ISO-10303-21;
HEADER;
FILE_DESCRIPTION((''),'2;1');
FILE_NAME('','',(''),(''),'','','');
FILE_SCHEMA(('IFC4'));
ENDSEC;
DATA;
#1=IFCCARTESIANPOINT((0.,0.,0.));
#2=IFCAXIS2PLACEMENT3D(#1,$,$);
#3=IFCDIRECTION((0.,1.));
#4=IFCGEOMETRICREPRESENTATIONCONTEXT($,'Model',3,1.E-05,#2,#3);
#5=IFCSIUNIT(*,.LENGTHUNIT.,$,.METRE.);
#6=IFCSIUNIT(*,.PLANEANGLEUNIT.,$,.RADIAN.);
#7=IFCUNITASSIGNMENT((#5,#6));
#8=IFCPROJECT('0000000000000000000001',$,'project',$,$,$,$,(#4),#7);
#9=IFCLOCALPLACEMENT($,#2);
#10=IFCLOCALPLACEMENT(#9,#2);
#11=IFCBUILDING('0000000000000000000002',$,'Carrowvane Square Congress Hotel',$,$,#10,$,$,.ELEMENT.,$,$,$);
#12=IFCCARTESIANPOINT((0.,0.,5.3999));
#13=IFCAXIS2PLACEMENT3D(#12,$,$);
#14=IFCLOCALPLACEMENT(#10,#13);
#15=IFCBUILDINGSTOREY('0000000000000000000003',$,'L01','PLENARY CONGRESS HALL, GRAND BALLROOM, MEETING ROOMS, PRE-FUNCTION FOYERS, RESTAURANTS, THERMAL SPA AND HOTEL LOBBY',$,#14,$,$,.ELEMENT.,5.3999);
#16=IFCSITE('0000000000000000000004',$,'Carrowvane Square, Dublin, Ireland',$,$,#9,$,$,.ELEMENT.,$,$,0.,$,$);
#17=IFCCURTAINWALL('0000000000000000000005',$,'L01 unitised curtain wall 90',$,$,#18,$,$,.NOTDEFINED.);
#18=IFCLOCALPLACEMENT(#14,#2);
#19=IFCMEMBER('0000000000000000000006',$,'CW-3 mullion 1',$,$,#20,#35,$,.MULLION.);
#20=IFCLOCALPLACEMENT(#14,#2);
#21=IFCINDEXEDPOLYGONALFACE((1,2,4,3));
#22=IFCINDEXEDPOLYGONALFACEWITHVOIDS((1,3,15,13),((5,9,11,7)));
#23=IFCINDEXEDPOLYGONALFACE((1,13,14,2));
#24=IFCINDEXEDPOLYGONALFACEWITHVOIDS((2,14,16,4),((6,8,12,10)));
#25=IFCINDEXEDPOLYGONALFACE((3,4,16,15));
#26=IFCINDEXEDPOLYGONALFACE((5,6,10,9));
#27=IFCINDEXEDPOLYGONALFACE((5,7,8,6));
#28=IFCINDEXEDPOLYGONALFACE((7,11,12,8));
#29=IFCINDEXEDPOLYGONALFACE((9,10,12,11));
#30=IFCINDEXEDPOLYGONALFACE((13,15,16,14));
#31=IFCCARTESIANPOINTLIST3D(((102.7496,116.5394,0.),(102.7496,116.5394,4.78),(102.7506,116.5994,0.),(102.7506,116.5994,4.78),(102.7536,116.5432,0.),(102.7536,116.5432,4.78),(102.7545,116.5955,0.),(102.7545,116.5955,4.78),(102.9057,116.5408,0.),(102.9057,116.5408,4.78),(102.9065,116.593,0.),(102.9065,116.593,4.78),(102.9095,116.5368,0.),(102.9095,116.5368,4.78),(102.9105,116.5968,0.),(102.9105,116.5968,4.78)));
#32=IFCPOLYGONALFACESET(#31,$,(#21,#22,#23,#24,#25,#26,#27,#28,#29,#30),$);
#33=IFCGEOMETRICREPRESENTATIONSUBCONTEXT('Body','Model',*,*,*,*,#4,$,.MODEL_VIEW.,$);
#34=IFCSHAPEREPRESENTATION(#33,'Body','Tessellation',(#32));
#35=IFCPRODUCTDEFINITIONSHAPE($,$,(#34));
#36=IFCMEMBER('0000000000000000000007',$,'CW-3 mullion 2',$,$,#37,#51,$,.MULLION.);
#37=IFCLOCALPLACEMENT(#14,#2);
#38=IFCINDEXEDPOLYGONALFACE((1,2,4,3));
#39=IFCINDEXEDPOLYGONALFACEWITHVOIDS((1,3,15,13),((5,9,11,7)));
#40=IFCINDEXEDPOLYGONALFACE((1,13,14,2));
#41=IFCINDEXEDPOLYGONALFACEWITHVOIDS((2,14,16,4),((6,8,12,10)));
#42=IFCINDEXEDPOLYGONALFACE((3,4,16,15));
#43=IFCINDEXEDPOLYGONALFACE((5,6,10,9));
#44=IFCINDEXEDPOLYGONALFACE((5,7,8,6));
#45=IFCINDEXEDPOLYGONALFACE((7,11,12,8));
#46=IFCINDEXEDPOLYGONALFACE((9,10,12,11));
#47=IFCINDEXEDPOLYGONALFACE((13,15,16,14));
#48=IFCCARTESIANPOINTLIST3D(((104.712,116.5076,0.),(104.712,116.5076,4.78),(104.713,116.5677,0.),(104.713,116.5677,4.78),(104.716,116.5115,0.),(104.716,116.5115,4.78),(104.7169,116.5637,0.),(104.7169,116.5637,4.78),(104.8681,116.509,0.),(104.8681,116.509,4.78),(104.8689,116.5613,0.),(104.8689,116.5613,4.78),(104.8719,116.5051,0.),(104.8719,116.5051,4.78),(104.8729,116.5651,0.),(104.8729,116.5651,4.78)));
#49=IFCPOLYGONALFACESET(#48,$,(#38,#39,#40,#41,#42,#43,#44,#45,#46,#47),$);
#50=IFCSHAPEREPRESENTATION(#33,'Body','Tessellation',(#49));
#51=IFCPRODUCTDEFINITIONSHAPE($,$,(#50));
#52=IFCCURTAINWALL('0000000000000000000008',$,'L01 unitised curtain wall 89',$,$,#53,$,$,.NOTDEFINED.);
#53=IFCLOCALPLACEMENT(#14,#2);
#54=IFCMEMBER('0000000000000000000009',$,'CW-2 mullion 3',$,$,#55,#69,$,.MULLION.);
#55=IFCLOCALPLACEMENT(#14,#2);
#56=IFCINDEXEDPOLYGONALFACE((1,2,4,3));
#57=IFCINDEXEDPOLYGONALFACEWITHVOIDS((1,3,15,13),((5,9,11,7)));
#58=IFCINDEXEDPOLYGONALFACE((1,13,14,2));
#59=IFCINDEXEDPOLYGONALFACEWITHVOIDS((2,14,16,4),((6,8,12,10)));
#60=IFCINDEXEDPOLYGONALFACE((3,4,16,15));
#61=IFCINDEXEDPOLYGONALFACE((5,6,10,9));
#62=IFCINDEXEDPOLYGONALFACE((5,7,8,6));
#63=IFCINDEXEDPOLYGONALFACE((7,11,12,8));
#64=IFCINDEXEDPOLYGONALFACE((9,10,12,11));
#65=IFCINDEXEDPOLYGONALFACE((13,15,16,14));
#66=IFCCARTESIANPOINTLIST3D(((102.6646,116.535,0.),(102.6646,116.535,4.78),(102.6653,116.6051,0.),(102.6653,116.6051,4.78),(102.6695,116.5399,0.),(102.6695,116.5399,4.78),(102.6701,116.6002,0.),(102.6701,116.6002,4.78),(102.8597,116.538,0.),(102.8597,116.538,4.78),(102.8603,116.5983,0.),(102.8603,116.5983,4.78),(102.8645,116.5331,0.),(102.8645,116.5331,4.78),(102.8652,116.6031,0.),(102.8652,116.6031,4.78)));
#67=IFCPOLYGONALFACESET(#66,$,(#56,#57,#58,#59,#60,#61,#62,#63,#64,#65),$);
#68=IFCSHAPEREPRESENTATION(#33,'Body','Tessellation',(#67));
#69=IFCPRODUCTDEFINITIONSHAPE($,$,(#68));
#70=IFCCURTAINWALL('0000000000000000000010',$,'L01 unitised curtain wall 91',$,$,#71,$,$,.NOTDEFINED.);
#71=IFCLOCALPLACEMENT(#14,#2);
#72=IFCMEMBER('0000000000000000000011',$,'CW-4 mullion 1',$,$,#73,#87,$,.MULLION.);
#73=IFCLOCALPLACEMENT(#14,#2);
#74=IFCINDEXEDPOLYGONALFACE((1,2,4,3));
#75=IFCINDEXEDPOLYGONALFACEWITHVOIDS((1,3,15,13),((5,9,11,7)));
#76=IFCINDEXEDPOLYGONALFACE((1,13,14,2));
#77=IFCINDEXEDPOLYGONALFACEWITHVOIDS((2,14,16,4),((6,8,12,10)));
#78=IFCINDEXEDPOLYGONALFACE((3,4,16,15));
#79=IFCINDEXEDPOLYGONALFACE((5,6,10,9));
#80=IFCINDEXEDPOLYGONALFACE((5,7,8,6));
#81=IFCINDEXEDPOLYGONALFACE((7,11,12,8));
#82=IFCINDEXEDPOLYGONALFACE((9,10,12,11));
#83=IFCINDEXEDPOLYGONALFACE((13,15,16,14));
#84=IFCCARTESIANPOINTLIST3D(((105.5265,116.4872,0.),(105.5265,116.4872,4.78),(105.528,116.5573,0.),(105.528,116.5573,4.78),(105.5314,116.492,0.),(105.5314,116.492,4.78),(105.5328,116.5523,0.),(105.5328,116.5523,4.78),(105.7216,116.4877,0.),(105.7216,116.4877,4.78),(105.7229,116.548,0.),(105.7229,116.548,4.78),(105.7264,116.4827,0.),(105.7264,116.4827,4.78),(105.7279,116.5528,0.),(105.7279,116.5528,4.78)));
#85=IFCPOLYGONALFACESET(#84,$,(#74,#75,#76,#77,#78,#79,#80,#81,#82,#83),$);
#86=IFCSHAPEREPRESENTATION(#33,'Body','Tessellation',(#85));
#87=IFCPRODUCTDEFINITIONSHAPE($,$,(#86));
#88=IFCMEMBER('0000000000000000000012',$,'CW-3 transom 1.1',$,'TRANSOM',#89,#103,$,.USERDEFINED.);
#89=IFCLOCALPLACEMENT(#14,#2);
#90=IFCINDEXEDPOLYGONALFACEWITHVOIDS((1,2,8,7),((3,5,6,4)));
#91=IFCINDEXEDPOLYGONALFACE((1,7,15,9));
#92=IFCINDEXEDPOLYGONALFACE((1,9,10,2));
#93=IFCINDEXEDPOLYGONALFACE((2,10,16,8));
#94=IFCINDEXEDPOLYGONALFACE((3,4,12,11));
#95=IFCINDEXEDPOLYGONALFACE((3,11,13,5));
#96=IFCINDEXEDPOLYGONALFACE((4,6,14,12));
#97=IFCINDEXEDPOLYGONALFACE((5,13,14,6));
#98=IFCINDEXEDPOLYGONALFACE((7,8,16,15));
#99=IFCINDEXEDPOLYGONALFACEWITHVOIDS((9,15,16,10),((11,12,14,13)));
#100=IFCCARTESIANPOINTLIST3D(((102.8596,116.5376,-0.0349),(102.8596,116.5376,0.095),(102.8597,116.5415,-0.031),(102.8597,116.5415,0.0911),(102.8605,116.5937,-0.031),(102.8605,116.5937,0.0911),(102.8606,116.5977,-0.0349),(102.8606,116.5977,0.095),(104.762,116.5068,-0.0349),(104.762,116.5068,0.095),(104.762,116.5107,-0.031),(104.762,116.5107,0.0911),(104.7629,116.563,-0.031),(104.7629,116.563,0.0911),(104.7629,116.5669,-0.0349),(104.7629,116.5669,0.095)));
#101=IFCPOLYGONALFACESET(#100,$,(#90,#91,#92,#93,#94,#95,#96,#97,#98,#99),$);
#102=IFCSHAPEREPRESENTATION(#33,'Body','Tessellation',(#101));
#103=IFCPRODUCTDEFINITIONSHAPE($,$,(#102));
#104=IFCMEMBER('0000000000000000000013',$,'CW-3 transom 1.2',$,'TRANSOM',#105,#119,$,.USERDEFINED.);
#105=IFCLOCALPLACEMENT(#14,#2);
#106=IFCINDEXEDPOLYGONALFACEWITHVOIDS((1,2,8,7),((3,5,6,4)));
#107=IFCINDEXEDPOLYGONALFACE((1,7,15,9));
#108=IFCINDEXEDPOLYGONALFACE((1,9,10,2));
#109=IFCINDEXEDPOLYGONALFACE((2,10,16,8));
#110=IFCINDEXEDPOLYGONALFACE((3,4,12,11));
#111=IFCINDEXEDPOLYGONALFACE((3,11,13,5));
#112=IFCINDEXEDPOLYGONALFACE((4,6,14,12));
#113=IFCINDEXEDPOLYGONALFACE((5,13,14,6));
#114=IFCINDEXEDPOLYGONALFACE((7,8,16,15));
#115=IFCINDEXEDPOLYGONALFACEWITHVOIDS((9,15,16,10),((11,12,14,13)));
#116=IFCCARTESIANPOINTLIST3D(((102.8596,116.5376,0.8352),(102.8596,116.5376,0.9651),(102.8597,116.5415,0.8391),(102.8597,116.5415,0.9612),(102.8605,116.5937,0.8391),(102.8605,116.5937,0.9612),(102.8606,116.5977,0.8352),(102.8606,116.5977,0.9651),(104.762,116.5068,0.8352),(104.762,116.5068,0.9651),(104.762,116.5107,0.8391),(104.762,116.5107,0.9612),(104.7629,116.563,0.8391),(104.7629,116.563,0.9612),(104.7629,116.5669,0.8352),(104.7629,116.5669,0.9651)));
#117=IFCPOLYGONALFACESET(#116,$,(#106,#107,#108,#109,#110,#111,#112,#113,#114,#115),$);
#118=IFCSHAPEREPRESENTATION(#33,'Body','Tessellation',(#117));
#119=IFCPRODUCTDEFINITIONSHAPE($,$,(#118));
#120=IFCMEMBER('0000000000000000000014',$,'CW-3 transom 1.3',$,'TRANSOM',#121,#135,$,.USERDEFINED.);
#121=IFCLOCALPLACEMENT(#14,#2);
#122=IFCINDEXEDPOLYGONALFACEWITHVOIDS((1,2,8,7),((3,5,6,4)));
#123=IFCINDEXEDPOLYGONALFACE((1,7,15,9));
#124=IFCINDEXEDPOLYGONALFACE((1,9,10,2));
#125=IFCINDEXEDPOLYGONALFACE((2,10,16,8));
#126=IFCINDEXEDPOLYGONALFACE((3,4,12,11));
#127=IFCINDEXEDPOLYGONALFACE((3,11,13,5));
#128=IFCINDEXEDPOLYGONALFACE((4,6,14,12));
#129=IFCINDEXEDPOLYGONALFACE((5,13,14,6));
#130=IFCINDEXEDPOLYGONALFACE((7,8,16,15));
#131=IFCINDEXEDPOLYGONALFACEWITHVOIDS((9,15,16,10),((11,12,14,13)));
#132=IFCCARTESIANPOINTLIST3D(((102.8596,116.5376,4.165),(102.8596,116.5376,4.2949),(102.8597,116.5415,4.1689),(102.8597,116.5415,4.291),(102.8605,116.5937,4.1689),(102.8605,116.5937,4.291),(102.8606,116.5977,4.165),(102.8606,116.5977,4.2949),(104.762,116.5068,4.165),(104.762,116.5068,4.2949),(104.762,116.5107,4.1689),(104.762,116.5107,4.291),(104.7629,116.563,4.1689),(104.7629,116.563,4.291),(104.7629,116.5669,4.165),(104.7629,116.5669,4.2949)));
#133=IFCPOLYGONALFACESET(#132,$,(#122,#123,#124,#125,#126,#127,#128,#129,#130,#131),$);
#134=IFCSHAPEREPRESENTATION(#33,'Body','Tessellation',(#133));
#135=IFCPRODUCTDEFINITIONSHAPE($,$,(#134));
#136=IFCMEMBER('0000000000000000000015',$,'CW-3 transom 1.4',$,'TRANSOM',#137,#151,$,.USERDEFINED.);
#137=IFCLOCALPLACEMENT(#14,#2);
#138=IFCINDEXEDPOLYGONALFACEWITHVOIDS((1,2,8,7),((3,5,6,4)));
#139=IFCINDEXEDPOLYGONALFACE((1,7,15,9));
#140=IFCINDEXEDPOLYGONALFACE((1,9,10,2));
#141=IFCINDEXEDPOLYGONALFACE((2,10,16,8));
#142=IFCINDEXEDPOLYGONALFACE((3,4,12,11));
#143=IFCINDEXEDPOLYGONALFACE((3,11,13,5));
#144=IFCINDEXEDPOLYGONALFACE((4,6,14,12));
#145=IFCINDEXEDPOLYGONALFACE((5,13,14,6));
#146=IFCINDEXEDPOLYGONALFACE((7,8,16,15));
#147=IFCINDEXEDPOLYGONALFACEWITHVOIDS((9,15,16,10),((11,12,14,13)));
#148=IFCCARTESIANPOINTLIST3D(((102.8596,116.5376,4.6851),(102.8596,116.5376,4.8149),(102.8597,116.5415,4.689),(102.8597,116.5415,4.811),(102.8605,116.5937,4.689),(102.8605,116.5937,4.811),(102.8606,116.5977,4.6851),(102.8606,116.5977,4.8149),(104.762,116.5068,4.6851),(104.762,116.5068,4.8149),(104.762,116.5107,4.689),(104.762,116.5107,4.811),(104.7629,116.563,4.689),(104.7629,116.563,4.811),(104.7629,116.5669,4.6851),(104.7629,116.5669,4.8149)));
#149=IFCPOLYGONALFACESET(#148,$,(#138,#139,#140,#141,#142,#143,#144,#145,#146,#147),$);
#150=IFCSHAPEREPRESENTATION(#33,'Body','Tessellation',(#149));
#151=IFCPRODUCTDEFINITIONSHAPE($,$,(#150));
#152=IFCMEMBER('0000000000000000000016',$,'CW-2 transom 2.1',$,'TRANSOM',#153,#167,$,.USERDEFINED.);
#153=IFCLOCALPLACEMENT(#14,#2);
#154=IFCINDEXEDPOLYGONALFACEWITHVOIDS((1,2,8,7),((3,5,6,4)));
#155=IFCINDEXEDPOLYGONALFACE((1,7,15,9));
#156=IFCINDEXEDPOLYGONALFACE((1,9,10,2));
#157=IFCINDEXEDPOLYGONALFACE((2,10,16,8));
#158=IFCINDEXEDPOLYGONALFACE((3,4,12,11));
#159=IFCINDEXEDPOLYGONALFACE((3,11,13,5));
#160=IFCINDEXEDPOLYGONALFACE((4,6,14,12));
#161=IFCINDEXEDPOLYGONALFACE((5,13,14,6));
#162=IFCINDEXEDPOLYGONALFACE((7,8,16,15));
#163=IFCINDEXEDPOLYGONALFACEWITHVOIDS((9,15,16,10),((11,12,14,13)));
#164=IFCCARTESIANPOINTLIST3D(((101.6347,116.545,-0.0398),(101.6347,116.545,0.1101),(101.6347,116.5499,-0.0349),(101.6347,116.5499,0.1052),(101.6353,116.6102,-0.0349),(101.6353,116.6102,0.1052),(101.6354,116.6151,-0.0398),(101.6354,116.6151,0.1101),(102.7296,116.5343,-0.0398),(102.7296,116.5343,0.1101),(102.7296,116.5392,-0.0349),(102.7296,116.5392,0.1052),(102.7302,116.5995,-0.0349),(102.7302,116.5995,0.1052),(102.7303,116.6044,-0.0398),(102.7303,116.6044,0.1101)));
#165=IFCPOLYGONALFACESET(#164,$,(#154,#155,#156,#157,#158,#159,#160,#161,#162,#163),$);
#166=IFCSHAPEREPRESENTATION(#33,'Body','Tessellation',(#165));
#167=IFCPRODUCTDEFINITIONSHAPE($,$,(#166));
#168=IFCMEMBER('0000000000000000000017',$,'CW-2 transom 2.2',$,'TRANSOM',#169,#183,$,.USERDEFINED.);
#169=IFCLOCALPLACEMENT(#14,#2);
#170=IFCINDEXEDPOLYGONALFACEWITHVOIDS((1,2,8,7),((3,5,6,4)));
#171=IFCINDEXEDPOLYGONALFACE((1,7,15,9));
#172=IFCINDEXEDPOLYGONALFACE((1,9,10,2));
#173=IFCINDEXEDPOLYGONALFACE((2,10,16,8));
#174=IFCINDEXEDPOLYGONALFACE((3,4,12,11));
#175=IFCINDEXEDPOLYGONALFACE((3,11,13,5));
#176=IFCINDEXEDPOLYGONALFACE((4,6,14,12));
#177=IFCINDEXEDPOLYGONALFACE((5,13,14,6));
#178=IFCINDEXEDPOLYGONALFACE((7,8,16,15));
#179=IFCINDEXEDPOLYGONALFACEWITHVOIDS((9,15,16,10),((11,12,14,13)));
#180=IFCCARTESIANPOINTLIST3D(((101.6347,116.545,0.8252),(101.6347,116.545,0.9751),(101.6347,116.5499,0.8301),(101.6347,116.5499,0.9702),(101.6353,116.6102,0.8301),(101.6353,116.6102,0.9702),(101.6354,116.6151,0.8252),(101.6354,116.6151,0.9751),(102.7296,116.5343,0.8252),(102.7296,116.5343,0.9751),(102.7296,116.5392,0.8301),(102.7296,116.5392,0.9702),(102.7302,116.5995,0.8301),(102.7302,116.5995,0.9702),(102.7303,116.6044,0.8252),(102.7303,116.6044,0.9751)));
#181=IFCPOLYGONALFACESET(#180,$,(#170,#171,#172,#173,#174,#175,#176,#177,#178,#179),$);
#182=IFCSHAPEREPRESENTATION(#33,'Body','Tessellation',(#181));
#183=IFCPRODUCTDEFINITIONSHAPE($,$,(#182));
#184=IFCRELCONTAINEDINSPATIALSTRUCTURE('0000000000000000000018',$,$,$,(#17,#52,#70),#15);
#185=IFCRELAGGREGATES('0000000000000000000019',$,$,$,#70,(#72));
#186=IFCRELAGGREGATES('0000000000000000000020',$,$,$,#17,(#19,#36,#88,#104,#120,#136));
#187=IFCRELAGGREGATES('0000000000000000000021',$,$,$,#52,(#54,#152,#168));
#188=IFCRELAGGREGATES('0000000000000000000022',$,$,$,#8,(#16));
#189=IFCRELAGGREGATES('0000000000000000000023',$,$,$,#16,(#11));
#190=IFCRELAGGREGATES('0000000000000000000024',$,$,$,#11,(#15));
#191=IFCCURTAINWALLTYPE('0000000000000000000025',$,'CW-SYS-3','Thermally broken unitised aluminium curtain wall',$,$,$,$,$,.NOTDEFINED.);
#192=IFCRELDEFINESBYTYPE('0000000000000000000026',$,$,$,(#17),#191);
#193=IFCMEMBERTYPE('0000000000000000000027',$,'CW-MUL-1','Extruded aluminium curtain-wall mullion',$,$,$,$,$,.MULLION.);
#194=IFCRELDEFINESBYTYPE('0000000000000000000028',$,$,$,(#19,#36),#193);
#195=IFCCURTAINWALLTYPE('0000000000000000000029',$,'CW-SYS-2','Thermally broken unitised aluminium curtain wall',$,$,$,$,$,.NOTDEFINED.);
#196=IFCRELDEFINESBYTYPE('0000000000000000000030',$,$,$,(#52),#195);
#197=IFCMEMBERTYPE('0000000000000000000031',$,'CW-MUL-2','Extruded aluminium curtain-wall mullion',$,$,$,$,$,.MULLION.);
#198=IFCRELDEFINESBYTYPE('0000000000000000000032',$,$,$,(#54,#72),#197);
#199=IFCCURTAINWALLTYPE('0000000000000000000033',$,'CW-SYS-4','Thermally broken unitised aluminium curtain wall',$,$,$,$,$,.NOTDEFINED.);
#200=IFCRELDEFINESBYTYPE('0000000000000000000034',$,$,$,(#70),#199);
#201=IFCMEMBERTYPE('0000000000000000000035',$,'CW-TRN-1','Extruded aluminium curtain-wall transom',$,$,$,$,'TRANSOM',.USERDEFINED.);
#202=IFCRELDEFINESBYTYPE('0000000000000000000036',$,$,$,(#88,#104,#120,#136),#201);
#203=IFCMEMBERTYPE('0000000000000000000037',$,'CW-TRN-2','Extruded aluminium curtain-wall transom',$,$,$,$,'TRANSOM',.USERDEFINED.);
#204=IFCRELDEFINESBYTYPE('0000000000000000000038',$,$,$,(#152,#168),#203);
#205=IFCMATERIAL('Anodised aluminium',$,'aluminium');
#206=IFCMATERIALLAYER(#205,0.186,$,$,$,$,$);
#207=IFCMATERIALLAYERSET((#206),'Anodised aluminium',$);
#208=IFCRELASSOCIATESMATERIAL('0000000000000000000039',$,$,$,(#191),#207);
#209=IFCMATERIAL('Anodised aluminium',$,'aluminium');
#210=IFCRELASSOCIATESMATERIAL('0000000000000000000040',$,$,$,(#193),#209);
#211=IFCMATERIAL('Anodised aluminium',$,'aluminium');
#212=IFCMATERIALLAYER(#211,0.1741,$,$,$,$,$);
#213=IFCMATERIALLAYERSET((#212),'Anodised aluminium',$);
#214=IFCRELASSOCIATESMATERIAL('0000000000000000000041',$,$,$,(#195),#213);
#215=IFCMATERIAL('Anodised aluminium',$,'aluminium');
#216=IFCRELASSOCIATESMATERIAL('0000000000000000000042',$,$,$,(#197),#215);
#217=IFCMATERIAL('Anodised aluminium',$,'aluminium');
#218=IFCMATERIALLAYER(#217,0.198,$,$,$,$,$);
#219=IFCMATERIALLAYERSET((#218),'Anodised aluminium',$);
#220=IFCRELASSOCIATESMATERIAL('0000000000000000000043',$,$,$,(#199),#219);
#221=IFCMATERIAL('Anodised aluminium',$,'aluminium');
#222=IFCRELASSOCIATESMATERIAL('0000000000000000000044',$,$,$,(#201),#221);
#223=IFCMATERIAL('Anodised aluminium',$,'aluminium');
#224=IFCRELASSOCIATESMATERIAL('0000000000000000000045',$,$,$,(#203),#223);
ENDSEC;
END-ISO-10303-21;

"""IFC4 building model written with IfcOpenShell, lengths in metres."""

from ifc_helpers import new_model, si_unit, direction, frame, origin, origin_2d, place, context, subcontext, project, spatial, hollow_rectangle, extrude, material, layer, layer_set, material_profile, profile_set, type_object, element, aggregate, save


model = new_model("IFC4")

# Units and contexts
model_context = context("Model", 3, precision=1e-05, world=origin(), true_north=direction((0.0, 1.0)))
body_context = subcontext(model_context, "Body", "Model", "MODEL_VIEW")
ifc_project = project(units=[si_unit("LENGTHUNIT", "METRE"), si_unit("PLANEANGLEUNIT", "RADIAN")], contexts=[model_context])

# Site, building, storey
site_placement = place(None, origin())
site = spatial("IfcSite", under=ifc_project, at=site_placement, Name="Carrowvane Square, Dublin, Ireland", CompositionType="ELEMENT", RefElevation=0.0)
building_placement = place(site_placement, origin())
building = spatial("IfcBuilding", under=site, at=building_placement, Name="Carrowvane Square Congress Hotel", CompositionType="ELEMENT")
storey_placement = place(building_placement, frame((0.0, 0.0, 5.3999)))
storey = spatial("IfcBuildingStorey", under=building, at=storey_placement, Name="L01", Description="PLENARY CONGRESS HALL, GRAND BALLROOM, MEETING ROOMS, PRE-FUNCTION FOYERS, RESTAURANTS, THERMAL SPA AND HOTEL LOBBY", CompositionType="ELEMENT", Elevation=5.3999)

# Curtain wall, members
ifc_material_1 = material(Name="Anodised aluminium", Category="aluminium")
ifc_layer_1 = layer(ifc_material_1, 0.186)
ifc_layer_set_1 = layer_set([ifc_layer_1], Name="Anodised aluminium")
curtain_wall_type_1 = type_object("IfcCurtainWallType", Name="CW-SYS-3", Description="Thermally broken unitised aluminium curtain wall", PredefinedType="NOTDEFINED", material=ifc_layer_set_1)
curtain_wall_1_placement = place(storey_placement, origin())
curtain_wall_1 = element("IfcCurtainWall", 1, at=curtain_wall_1_placement, inside=storey, type_object=curtain_wall_type_1, Name="L01 unitised curtain wall 90", PredefinedType="NOTDEFINED")
ifc_material_2 = material(Name="Anodised aluminium", Category="aluminium")
ifc_material_profile_1 = material_profile(ifc_material_2, hollow_rectangle(XDim=0.0601, YDim=0.1599, WallThickness=0.0039, at=origin_2d()), Name="CW-ML 60x160x4")
ifc_profile_set_1 = profile_set([ifc_material_profile_1], Name="Anodised aluminium")
member_type_1 = type_object("IfcMemberType", Name="CW-MUL-1", Description="Extruded aluminium curtain-wall mullion", PredefinedType="MULLION", material=ifc_profile_set_1)
member_1_placement = place(storey_placement, frame((102.8301, 116.5681, 0.0), z_axis=(0.0, 0.0, 1.0), x_axis=(0.016216, 0.999869, 0.0)))
member_1 = element("IfcMember", 2, at=member_1_placement, type_object=member_type_1, Name="CW-3 mullion 1", PredefinedType="MULLION", context=body_context, shape_type="SweptSolid", body=[
    extrude(hollow_rectangle(XDim=0.0601, YDim=0.1599, WallThickness=0.0039, at=origin_2d()), origin(), (0.0, 0.0, 1.0), 4.78),
])
member_2_placement = place(storey_placement, frame((104.7925, 116.5364, 0.0), z_axis=(0.0, 0.0, 1.0), x_axis=(0.016216, 0.999869, 0.0)))
member_2 = element("IfcMember", 3, at=member_2_placement, type_object=member_type_1, Name="CW-3 mullion 2", PredefinedType="MULLION", context=body_context, shape_type="SweptSolid", body=[
    extrude(hollow_rectangle(XDim=0.0601, YDim=0.1599, WallThickness=0.0039, at=origin_2d()), origin(), (0.0, 0.0, 1.0), 4.78),
])

# Curtain walls, members
ifc_material_3 = material(Name="Anodised aluminium", Category="aluminium")
ifc_layer_2 = layer(ifc_material_3, 0.1741)
ifc_layer_set_2 = layer_set([ifc_layer_2], Name="Anodised aluminium")
curtain_wall_type_2 = type_object("IfcCurtainWallType", Name="CW-SYS-2", Description="Thermally broken unitised aluminium curtain wall", PredefinedType="NOTDEFINED", material=ifc_layer_set_2)
curtain_wall_2_placement = place(storey_placement, origin())
curtain_wall_2 = element("IfcCurtainWall", 4, at=curtain_wall_2_placement, inside=storey, type_object=curtain_wall_type_2, Name="L01 unitised curtain wall 89", PredefinedType="NOTDEFINED")
ifc_material_4 = material(Name="Anodised aluminium", Category="aluminium")
ifc_material_profile_2 = material_profile(ifc_material_4, hollow_rectangle(XDim=0.0701, YDim=0.2, WallThickness=0.0049, at=origin_2d()), Name="CW-ML 70x200x5")
ifc_profile_set_2 = profile_set([ifc_material_profile_2], Name="Anodised aluminium")
member_type_2 = type_object("IfcMemberType", Name="CW-MUL-2", Description="Extruded aluminium curtain-wall mullion", PredefinedType="MULLION", material=ifc_profile_set_2)
member_3_placement = place(storey_placement, frame((102.7649, 116.5691, 0.0), z_axis=(0.0, 0.0, 1.0), x_axis=(0.009783, 0.999952, 0.0)))
member_3 = element("IfcMember", 5, at=member_3_placement, type_object=member_type_2, Name="CW-2 mullion 3", PredefinedType="MULLION", context=body_context, shape_type="SweptSolid", body=[
    extrude(hollow_rectangle(XDim=0.0701, YDim=0.2, WallThickness=0.0049, at=origin_2d()), origin(), (0.0, 0.0, 1.0), 4.78),
])
ifc_material_5 = material(Name="Anodised aluminium", Category="aluminium")
ifc_layer_3 = layer(ifc_material_5, 0.198)
ifc_layer_set_3 = layer_set([ifc_layer_3], Name="Anodised aluminium")
curtain_wall_type_3 = type_object("IfcCurtainWallType", Name="CW-SYS-4", Description="Thermally broken unitised aluminium curtain wall", PredefinedType="NOTDEFINED", material=ifc_layer_set_3)
curtain_wall_3_placement = place(storey_placement, origin())
curtain_wall_3 = element("IfcCurtainWall", 6, at=curtain_wall_3_placement, inside=storey, type_object=curtain_wall_type_3, Name="L01 unitised curtain wall 91", PredefinedType="NOTDEFINED")
member_4_placement = place(storey_placement, frame((105.6272, 116.52, 0.0), z_axis=(0.0, 0.0, 1.0), x_axis=(0.022518, 0.999746, 0.0)))
member_4 = element("IfcMember", 7, at=member_4_placement, type_object=member_type_2, Name="CW-4 mullion 1", PredefinedType="MULLION", context=body_context, shape_type="SweptSolid", body=[
    extrude(hollow_rectangle(XDim=0.0701, YDim=0.2, WallThickness=0.0049, at=origin_2d()), origin(), (0.0, 0.0, 1.0), 4.78),
])

# Members
ifc_material_6 = material(Name="Anodised aluminium", Category="aluminium")
ifc_material_profile_3 = material_profile(ifc_material_6, hollow_rectangle(XDim=0.0601, YDim=0.1299, WallThickness=0.0039, at=origin_2d()), Name="CW-TR 60x130x4")
ifc_profile_set_3 = profile_set([ifc_material_profile_3], Name="Anodised aluminium")
member_type_3 = type_object("IfcMemberType", Name="CW-TRN-1", Description="Extruded aluminium curtain-wall transom", ElementType="TRANSOM", PredefinedType="USERDEFINED", material=ifc_profile_set_3)
member_5_placement = place(storey_placement, frame((102.8601, 116.5676, 0.03), z_axis=(0.999869, -0.016168, 0.0), x_axis=(0.016168, 0.999869, 0.0)))
member_5 = element("IfcMember", 8, at=member_5_placement, type_object=member_type_3, Name="CW-3 transom 1.1", ObjectType="TRANSOM", PredefinedType="USERDEFINED", context=body_context, shape_type="SweptSolid", body=[
    extrude(hollow_rectangle(XDim=0.0601, YDim=0.1299, WallThickness=0.0039, at=origin_2d()), origin(), (0.0, 0.0, 1.0), 1.9026),
])
member_6_placement = place(storey_placement, frame((102.8601, 116.5676, 0.9001), z_axis=(0.999869, -0.016168, 0.0), x_axis=(0.016168, 0.999869, 0.0)))
member_6 = element("IfcMember", 9, at=member_6_placement, type_object=member_type_3, Name="CW-3 transom 1.2", ObjectType="TRANSOM", PredefinedType="USERDEFINED", context=body_context, shape_type="SweptSolid", body=[
    extrude(hollow_rectangle(XDim=0.0601, YDim=0.1299, WallThickness=0.0039, at=origin_2d()), origin(), (0.0, 0.0, 1.0), 1.9026),
])
member_7_placement = place(storey_placement, frame((102.8601, 116.5676, 4.23), z_axis=(0.999869, -0.016168, 0.0), x_axis=(0.016168, 0.999869, 0.0)))
member_7 = element("IfcMember", 10, at=member_7_placement, type_object=member_type_3, Name="CW-3 transom 1.3", ObjectType="TRANSOM", PredefinedType="USERDEFINED", context=body_context, shape_type="SweptSolid", body=[
    extrude(hollow_rectangle(XDim=0.0601, YDim=0.1299, WallThickness=0.0039, at=origin_2d()), origin(), (0.0, 0.0, 1.0), 1.9026),
])
member_8_placement = place(storey_placement, frame((102.8601, 116.5676, 4.75), z_axis=(0.999869, -0.016168, 0.0), x_axis=(0.016168, 0.999869, 0.0)))
member_8 = element("IfcMember", 11, at=member_8_placement, type_object=member_type_3, Name="CW-3 transom 1.4", ObjectType="TRANSOM", PredefinedType="USERDEFINED", context=body_context, shape_type="SweptSolid", body=[
    extrude(hollow_rectangle(XDim=0.0601, YDim=0.1299, WallThickness=0.0039, at=origin_2d()), origin(), (0.0, 0.0, 1.0), 1.9026),
])
ifc_material_7 = material(Name="Anodised aluminium", Category="aluminium")
ifc_material_profile_4 = material_profile(ifc_material_7, hollow_rectangle(XDim=0.0701, YDim=0.1499, WallThickness=0.0049, at=origin_2d()), Name="CW-TR 70x150x5")
ifc_profile_set_4 = profile_set([ifc_material_profile_4], Name="Anodised aluminium")
member_type_4 = type_object("IfcMemberType", Name="CW-TRN-2", Description="Extruded aluminium curtain-wall transom", ElementType="TRANSOM", PredefinedType="USERDEFINED", material=ifc_profile_set_4)
member_9_placement = place(storey_placement, frame((101.635, 116.5801, 0.0352), z_axis=(0.999952, -0.00981, 0.0), x_axis=(0.00981, 0.999952, 0.0)))
member_9 = element("IfcMember", 12, at=member_9_placement, type_object=member_type_4, Name="CW-2 transom 2.1", ObjectType="TRANSOM", PredefinedType="USERDEFINED", context=body_context, shape_type="SweptSolid", body=[
    extrude(hollow_rectangle(XDim=0.0701, YDim=0.1499, WallThickness=0.0049, at=origin_2d()), origin(), (0.0, 0.0, 1.0), 1.095),
])
member_10_placement = place(storey_placement, frame((101.635, 116.5801, 0.9001), z_axis=(0.999952, -0.00981, 0.0), x_axis=(0.00981, 0.999952, 0.0)))
member_10 = element("IfcMember", 13, at=member_10_placement, type_object=member_type_4, Name="CW-2 transom 2.2", ObjectType="TRANSOM", PredefinedType="USERDEFINED", context=body_context, shape_type="SweptSolid", body=[
    extrude(hollow_rectangle(XDim=0.0701, YDim=0.1499, WallThickness=0.0049, at=origin_2d()), origin(), (0.0, 0.0, 1.0), 1.095),
])
aggregate(curtain_wall_3, [member_4])

aggregate(curtain_wall_1, [member_1, member_2, member_5, member_6, member_7, member_8])
aggregate(curtain_wall_2, [member_3, member_9, member_10])

save(model, "model.ifc")
